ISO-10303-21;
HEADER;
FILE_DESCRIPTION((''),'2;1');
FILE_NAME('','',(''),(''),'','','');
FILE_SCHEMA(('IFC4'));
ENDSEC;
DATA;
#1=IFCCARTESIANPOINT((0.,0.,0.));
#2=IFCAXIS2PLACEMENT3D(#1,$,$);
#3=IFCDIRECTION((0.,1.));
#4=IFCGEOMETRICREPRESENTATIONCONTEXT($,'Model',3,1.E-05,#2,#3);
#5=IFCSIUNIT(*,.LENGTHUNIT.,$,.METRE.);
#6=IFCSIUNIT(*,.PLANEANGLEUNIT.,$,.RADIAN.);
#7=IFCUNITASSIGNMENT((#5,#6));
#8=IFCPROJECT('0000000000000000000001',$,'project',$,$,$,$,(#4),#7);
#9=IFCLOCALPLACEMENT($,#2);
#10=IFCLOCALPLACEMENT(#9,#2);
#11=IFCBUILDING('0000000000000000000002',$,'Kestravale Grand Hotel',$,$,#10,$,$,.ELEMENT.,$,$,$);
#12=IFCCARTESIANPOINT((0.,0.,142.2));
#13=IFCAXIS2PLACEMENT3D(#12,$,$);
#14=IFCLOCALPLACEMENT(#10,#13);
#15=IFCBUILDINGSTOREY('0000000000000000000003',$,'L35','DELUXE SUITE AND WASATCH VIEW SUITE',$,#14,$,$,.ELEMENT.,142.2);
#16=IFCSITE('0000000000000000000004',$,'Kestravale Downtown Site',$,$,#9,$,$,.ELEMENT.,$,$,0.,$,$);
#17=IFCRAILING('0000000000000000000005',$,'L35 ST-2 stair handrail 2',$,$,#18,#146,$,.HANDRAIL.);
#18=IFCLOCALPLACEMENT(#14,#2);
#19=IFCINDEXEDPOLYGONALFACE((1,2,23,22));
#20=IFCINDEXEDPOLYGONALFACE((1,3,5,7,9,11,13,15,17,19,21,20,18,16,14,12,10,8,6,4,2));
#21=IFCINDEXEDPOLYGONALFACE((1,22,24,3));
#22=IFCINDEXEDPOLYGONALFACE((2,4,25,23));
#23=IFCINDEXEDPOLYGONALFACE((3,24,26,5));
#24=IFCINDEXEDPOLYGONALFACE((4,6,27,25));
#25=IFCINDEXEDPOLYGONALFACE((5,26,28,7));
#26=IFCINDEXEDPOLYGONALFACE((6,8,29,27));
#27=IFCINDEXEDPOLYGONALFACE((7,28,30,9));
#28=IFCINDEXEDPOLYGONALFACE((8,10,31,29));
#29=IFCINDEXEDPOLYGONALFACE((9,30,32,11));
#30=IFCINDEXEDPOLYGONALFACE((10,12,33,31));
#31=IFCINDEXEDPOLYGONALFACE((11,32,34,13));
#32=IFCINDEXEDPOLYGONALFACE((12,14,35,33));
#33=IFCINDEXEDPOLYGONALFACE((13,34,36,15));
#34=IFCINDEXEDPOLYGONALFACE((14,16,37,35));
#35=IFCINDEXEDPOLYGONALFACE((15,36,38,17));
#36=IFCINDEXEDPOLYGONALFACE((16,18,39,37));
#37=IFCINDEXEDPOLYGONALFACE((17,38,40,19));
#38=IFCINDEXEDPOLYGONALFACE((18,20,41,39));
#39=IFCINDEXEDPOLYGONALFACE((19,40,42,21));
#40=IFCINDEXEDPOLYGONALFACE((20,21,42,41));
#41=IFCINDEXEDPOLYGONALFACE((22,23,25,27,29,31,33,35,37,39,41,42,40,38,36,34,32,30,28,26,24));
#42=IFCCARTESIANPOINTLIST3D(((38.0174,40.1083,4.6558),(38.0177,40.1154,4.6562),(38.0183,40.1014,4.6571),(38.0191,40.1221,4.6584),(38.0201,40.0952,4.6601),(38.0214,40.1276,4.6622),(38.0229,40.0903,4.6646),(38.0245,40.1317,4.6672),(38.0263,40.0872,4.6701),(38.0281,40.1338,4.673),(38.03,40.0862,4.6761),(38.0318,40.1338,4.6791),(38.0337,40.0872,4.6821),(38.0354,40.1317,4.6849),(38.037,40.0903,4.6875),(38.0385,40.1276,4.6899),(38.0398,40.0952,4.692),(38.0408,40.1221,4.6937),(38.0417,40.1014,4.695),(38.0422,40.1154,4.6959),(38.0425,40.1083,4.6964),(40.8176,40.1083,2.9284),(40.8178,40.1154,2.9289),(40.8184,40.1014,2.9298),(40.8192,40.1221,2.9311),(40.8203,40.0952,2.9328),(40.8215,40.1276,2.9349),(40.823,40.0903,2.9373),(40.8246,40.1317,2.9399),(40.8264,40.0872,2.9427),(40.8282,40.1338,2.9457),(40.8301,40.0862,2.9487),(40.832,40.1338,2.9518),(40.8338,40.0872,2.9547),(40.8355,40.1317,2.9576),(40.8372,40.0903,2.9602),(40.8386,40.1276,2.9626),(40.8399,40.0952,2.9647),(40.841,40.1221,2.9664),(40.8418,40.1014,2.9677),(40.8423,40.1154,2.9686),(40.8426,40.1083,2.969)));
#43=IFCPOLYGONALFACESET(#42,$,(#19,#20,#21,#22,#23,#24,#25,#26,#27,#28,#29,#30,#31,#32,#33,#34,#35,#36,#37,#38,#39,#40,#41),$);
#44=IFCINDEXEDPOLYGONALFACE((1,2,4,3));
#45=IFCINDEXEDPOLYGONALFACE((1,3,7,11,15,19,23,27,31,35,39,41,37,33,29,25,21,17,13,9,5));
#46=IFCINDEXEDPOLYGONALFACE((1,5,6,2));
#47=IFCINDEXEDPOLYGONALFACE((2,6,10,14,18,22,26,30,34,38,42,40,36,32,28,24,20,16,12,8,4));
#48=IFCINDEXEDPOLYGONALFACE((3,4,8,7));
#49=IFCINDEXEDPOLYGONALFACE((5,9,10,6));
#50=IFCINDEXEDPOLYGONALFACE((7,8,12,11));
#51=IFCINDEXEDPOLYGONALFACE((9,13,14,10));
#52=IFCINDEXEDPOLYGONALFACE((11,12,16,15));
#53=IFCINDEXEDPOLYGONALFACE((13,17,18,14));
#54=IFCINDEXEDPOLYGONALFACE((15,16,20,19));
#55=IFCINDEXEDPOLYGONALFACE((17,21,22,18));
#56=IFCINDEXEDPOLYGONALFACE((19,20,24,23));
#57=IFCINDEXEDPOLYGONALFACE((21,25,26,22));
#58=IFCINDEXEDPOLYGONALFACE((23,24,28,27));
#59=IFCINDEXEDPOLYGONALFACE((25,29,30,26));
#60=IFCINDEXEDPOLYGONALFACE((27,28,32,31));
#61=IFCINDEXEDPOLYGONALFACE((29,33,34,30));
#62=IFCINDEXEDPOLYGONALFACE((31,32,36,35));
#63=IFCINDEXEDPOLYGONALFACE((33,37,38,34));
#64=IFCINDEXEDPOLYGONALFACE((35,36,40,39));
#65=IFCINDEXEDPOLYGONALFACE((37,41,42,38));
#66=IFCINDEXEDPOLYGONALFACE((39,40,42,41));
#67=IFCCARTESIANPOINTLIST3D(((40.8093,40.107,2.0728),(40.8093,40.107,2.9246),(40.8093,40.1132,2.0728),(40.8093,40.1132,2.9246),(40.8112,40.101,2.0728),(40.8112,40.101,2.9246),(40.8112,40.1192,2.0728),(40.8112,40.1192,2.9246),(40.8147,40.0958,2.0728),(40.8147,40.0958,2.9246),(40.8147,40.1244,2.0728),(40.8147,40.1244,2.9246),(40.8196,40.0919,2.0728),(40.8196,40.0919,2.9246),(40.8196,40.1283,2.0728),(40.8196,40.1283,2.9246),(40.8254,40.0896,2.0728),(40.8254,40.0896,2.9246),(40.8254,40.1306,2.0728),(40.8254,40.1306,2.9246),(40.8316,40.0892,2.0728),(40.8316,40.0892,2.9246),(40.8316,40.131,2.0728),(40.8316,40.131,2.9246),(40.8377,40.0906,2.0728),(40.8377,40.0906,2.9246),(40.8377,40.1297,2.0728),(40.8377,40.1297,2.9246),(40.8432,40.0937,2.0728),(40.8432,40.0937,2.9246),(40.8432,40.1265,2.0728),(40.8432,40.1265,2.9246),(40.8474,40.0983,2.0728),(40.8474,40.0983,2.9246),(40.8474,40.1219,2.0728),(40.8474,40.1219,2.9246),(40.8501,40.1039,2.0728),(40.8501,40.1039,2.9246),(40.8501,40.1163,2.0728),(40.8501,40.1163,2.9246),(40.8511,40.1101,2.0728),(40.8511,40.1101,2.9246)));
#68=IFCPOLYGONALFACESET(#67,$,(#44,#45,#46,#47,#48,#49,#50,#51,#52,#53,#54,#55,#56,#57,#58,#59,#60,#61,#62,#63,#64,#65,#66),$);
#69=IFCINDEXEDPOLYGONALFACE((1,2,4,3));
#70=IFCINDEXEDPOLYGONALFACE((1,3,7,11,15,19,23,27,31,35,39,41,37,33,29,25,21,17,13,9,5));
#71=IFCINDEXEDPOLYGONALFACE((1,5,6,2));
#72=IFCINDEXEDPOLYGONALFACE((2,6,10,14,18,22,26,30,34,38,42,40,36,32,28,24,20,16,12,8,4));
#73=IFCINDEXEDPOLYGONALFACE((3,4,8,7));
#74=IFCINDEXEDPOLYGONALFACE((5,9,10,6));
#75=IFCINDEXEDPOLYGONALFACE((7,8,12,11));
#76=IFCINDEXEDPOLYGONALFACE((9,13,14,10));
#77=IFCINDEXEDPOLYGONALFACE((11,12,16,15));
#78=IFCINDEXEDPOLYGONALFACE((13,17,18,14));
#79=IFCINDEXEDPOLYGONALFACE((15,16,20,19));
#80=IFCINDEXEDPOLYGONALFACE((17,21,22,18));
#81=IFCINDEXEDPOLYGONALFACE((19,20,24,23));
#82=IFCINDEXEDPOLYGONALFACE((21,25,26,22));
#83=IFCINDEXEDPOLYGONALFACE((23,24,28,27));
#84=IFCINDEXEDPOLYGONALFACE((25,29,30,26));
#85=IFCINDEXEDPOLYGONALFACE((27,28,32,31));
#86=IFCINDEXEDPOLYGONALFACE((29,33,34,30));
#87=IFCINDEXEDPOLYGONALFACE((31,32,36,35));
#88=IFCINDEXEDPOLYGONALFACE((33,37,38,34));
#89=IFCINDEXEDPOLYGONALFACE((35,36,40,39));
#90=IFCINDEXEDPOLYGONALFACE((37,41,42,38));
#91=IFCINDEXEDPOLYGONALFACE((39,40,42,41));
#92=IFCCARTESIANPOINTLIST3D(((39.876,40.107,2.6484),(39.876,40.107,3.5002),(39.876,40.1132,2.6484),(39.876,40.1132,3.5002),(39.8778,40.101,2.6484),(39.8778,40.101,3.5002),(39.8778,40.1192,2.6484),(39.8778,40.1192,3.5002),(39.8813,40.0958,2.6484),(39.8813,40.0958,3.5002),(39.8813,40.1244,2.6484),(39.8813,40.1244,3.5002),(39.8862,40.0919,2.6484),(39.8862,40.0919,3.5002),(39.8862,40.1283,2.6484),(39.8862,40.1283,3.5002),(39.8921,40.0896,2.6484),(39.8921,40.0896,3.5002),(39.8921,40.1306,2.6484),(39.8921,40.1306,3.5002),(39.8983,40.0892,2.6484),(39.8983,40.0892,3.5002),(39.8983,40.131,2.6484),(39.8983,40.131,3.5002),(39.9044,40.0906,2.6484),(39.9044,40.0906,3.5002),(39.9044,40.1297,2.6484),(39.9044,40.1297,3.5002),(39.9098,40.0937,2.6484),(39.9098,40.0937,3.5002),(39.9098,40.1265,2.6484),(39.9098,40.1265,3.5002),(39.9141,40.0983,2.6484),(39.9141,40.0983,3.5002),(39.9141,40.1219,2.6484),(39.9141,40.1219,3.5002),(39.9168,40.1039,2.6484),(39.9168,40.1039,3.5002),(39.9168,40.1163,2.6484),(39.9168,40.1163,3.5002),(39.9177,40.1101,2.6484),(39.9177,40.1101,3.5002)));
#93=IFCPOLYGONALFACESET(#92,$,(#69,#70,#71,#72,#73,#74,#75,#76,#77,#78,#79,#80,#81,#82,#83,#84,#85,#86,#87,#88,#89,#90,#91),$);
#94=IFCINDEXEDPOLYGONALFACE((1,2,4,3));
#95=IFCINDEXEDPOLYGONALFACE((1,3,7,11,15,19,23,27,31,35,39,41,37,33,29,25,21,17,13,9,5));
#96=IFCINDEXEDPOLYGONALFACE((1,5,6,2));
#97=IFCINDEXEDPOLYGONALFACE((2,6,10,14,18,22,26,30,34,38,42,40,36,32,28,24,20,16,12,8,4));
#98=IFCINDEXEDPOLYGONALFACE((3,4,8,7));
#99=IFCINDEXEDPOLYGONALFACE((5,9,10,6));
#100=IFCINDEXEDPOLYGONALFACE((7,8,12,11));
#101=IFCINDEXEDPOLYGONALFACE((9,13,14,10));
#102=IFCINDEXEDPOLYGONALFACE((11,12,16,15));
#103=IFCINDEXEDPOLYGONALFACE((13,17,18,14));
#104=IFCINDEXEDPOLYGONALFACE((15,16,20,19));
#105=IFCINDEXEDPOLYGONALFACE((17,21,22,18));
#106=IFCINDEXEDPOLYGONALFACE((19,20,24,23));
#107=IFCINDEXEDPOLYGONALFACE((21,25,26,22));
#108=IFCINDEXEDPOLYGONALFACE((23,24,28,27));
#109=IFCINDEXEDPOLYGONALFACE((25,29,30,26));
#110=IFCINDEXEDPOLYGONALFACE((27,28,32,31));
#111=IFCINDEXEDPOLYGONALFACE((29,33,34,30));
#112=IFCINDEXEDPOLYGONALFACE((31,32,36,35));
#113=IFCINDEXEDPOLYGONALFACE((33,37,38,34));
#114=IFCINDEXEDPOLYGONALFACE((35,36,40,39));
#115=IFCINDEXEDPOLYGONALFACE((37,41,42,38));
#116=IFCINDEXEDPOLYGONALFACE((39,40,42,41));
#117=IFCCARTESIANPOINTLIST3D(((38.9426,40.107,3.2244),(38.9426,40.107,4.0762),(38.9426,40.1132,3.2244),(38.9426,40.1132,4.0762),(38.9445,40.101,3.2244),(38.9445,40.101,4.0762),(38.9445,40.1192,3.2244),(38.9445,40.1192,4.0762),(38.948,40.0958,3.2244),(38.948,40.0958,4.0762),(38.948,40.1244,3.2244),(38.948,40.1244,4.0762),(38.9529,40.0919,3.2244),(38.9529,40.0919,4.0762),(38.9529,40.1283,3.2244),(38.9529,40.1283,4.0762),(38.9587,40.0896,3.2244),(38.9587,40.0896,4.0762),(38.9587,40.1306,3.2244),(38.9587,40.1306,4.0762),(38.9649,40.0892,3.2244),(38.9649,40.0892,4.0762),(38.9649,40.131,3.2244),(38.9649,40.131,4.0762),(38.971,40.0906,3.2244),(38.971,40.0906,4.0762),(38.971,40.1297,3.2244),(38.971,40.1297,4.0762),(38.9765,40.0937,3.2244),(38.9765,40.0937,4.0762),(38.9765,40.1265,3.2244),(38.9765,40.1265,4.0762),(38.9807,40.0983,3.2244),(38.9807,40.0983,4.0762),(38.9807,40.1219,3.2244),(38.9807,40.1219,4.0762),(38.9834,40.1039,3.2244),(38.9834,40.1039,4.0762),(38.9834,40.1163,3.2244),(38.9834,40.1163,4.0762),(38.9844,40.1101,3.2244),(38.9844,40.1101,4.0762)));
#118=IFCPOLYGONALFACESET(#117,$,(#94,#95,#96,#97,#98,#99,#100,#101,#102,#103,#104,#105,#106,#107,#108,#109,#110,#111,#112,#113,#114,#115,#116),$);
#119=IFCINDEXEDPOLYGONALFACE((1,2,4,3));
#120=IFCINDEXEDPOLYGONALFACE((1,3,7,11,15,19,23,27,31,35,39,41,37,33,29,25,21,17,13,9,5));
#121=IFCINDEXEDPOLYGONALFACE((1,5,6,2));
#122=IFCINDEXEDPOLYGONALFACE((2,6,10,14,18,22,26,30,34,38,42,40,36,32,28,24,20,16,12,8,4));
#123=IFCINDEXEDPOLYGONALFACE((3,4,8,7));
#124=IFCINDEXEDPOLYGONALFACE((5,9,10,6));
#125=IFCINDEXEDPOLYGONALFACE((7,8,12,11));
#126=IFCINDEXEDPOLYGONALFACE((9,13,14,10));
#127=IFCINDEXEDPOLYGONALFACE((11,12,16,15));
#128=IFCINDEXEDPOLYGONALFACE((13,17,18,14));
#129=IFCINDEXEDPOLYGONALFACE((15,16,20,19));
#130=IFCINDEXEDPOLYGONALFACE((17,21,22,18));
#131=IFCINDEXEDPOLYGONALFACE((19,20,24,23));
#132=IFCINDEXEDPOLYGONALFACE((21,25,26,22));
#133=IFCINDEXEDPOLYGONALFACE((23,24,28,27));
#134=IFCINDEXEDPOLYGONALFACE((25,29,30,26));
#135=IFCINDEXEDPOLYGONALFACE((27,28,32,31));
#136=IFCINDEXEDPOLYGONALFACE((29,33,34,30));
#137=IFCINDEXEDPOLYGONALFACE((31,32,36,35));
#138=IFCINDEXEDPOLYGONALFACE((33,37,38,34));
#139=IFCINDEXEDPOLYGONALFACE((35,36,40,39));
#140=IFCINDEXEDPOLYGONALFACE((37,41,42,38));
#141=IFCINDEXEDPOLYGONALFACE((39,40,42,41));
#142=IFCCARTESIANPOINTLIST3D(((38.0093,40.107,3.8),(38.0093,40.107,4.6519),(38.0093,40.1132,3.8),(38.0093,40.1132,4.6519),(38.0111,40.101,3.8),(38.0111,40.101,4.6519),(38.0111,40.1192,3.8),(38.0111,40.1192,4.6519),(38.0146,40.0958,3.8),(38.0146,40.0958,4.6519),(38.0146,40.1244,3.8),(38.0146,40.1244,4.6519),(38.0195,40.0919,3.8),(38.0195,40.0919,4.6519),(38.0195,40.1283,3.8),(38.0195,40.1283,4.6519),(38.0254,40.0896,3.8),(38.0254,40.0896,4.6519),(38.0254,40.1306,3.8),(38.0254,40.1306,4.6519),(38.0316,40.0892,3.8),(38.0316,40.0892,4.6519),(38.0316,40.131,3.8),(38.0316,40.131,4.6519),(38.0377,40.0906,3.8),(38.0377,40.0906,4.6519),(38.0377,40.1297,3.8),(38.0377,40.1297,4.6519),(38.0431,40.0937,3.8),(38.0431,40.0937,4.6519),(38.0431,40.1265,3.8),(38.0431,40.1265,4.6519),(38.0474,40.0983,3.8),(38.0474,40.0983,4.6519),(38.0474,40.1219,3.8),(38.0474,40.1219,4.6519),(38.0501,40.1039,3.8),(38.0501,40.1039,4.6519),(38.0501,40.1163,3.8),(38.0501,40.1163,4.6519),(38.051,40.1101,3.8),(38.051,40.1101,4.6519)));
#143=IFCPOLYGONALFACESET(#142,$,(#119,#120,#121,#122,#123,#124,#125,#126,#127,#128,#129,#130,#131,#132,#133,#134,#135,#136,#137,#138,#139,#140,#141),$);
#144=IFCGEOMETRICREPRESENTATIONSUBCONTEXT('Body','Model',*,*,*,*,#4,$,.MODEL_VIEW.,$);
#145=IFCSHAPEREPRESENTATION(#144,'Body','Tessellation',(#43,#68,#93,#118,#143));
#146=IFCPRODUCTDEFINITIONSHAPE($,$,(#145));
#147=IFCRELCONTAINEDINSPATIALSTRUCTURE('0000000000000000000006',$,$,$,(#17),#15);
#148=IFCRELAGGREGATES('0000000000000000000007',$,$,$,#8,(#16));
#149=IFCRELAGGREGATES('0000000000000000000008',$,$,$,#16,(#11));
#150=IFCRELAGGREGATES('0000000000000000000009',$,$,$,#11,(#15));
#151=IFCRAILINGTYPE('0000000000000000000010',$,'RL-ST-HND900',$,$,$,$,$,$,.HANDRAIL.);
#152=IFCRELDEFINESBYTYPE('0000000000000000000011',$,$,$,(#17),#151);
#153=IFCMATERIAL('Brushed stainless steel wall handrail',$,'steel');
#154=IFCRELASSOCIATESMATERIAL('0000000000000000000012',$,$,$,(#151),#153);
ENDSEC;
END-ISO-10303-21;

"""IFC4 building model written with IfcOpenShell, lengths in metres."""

from ifc_helpers import new_model, si_unit, direction, frame, origin, origin_2d, place, context, subcontext, project, spatial, circle, extrude, material, type_object, element, save


model = new_model("IFC4")

# Units and contexts
model_context = context("Model", 3, precision=1e-05, world=origin(), true_north=direction((0.0, 1.0)))
body_context = subcontext(model_context, "Body", "Model", "MODEL_VIEW")
ifc_project = project(units=[si_unit("LENGTHUNIT", "METRE"), si_unit("PLANEANGLEUNIT", "RADIAN")], contexts=[model_context])

# Site, building, storey
site_placement = place(None, origin())
site = spatial("IfcSite", under=ifc_project, at=site_placement, Name="Kestravale Downtown Site", CompositionType="ELEMENT", RefElevation=0.0)
building_placement = place(site_placement, origin())
building = spatial("IfcBuilding", under=site, at=building_placement, Name="Kestravale Grand Hotel", CompositionType="ELEMENT")
storey_placement = place(building_placement, frame((0.0, 0.0, 142.2)))
storey = spatial("IfcBuildingStorey", under=building, at=storey_placement, Name="L35", Description="DELUXE SUITE AND WASATCH VIEW SUITE", CompositionType="ELEMENT", Elevation=142.2)

# Railing
ifc_material_1 = material(Name="Brushed stainless steel wall handrail", Category="steel")
railing_type_1 = type_object("IfcRailingType", Name="RL-ST-HND900", PredefinedType="HANDRAIL", material=ifc_material_1)
railing_1_placement = place(storey_placement, frame((40.8301, 40.1101, 2.0728)))
element("IfcRailing", 1, at=railing_1_placement, inside=storey, type_object=railing_type_1, Name="L35 ST-2 stair handrail 2", PredefinedType="HANDRAIL", context=body_context, shape_type="SweptSolid", body=[
    extrude(circle(Radius=0.0239, at=origin_2d()), frame((0.0, 0.0, 0.876), z_axis=(-0.85109, 0.0, 0.52502), x_axis=(0.0, -1.0, 0.0)), (0.0, 0.0, 1.0), 3.29),
    extrude(circle(Radius=0.021, at=origin_2d()), origin(), (0.0, 0.0, 1.0), 0.8518),
    extrude(circle(Radius=0.021, at=origin_2d()), frame((-0.9333, 0.0, 0.5757)), (0.0, 0.0, 1.0), 0.8518),
    extrude(circle(Radius=0.021, at=origin_2d()), frame((-1.8667, 0.0, 1.1516)), (0.0, 0.0, 1.0), 0.8518),
    extrude(circle(Radius=0.021, at=origin_2d()), frame((-2.8, 0.0, 1.7273)), (0.0, 0.0, 1.0), 0.8518),
])

save(model, "model.ifc")
